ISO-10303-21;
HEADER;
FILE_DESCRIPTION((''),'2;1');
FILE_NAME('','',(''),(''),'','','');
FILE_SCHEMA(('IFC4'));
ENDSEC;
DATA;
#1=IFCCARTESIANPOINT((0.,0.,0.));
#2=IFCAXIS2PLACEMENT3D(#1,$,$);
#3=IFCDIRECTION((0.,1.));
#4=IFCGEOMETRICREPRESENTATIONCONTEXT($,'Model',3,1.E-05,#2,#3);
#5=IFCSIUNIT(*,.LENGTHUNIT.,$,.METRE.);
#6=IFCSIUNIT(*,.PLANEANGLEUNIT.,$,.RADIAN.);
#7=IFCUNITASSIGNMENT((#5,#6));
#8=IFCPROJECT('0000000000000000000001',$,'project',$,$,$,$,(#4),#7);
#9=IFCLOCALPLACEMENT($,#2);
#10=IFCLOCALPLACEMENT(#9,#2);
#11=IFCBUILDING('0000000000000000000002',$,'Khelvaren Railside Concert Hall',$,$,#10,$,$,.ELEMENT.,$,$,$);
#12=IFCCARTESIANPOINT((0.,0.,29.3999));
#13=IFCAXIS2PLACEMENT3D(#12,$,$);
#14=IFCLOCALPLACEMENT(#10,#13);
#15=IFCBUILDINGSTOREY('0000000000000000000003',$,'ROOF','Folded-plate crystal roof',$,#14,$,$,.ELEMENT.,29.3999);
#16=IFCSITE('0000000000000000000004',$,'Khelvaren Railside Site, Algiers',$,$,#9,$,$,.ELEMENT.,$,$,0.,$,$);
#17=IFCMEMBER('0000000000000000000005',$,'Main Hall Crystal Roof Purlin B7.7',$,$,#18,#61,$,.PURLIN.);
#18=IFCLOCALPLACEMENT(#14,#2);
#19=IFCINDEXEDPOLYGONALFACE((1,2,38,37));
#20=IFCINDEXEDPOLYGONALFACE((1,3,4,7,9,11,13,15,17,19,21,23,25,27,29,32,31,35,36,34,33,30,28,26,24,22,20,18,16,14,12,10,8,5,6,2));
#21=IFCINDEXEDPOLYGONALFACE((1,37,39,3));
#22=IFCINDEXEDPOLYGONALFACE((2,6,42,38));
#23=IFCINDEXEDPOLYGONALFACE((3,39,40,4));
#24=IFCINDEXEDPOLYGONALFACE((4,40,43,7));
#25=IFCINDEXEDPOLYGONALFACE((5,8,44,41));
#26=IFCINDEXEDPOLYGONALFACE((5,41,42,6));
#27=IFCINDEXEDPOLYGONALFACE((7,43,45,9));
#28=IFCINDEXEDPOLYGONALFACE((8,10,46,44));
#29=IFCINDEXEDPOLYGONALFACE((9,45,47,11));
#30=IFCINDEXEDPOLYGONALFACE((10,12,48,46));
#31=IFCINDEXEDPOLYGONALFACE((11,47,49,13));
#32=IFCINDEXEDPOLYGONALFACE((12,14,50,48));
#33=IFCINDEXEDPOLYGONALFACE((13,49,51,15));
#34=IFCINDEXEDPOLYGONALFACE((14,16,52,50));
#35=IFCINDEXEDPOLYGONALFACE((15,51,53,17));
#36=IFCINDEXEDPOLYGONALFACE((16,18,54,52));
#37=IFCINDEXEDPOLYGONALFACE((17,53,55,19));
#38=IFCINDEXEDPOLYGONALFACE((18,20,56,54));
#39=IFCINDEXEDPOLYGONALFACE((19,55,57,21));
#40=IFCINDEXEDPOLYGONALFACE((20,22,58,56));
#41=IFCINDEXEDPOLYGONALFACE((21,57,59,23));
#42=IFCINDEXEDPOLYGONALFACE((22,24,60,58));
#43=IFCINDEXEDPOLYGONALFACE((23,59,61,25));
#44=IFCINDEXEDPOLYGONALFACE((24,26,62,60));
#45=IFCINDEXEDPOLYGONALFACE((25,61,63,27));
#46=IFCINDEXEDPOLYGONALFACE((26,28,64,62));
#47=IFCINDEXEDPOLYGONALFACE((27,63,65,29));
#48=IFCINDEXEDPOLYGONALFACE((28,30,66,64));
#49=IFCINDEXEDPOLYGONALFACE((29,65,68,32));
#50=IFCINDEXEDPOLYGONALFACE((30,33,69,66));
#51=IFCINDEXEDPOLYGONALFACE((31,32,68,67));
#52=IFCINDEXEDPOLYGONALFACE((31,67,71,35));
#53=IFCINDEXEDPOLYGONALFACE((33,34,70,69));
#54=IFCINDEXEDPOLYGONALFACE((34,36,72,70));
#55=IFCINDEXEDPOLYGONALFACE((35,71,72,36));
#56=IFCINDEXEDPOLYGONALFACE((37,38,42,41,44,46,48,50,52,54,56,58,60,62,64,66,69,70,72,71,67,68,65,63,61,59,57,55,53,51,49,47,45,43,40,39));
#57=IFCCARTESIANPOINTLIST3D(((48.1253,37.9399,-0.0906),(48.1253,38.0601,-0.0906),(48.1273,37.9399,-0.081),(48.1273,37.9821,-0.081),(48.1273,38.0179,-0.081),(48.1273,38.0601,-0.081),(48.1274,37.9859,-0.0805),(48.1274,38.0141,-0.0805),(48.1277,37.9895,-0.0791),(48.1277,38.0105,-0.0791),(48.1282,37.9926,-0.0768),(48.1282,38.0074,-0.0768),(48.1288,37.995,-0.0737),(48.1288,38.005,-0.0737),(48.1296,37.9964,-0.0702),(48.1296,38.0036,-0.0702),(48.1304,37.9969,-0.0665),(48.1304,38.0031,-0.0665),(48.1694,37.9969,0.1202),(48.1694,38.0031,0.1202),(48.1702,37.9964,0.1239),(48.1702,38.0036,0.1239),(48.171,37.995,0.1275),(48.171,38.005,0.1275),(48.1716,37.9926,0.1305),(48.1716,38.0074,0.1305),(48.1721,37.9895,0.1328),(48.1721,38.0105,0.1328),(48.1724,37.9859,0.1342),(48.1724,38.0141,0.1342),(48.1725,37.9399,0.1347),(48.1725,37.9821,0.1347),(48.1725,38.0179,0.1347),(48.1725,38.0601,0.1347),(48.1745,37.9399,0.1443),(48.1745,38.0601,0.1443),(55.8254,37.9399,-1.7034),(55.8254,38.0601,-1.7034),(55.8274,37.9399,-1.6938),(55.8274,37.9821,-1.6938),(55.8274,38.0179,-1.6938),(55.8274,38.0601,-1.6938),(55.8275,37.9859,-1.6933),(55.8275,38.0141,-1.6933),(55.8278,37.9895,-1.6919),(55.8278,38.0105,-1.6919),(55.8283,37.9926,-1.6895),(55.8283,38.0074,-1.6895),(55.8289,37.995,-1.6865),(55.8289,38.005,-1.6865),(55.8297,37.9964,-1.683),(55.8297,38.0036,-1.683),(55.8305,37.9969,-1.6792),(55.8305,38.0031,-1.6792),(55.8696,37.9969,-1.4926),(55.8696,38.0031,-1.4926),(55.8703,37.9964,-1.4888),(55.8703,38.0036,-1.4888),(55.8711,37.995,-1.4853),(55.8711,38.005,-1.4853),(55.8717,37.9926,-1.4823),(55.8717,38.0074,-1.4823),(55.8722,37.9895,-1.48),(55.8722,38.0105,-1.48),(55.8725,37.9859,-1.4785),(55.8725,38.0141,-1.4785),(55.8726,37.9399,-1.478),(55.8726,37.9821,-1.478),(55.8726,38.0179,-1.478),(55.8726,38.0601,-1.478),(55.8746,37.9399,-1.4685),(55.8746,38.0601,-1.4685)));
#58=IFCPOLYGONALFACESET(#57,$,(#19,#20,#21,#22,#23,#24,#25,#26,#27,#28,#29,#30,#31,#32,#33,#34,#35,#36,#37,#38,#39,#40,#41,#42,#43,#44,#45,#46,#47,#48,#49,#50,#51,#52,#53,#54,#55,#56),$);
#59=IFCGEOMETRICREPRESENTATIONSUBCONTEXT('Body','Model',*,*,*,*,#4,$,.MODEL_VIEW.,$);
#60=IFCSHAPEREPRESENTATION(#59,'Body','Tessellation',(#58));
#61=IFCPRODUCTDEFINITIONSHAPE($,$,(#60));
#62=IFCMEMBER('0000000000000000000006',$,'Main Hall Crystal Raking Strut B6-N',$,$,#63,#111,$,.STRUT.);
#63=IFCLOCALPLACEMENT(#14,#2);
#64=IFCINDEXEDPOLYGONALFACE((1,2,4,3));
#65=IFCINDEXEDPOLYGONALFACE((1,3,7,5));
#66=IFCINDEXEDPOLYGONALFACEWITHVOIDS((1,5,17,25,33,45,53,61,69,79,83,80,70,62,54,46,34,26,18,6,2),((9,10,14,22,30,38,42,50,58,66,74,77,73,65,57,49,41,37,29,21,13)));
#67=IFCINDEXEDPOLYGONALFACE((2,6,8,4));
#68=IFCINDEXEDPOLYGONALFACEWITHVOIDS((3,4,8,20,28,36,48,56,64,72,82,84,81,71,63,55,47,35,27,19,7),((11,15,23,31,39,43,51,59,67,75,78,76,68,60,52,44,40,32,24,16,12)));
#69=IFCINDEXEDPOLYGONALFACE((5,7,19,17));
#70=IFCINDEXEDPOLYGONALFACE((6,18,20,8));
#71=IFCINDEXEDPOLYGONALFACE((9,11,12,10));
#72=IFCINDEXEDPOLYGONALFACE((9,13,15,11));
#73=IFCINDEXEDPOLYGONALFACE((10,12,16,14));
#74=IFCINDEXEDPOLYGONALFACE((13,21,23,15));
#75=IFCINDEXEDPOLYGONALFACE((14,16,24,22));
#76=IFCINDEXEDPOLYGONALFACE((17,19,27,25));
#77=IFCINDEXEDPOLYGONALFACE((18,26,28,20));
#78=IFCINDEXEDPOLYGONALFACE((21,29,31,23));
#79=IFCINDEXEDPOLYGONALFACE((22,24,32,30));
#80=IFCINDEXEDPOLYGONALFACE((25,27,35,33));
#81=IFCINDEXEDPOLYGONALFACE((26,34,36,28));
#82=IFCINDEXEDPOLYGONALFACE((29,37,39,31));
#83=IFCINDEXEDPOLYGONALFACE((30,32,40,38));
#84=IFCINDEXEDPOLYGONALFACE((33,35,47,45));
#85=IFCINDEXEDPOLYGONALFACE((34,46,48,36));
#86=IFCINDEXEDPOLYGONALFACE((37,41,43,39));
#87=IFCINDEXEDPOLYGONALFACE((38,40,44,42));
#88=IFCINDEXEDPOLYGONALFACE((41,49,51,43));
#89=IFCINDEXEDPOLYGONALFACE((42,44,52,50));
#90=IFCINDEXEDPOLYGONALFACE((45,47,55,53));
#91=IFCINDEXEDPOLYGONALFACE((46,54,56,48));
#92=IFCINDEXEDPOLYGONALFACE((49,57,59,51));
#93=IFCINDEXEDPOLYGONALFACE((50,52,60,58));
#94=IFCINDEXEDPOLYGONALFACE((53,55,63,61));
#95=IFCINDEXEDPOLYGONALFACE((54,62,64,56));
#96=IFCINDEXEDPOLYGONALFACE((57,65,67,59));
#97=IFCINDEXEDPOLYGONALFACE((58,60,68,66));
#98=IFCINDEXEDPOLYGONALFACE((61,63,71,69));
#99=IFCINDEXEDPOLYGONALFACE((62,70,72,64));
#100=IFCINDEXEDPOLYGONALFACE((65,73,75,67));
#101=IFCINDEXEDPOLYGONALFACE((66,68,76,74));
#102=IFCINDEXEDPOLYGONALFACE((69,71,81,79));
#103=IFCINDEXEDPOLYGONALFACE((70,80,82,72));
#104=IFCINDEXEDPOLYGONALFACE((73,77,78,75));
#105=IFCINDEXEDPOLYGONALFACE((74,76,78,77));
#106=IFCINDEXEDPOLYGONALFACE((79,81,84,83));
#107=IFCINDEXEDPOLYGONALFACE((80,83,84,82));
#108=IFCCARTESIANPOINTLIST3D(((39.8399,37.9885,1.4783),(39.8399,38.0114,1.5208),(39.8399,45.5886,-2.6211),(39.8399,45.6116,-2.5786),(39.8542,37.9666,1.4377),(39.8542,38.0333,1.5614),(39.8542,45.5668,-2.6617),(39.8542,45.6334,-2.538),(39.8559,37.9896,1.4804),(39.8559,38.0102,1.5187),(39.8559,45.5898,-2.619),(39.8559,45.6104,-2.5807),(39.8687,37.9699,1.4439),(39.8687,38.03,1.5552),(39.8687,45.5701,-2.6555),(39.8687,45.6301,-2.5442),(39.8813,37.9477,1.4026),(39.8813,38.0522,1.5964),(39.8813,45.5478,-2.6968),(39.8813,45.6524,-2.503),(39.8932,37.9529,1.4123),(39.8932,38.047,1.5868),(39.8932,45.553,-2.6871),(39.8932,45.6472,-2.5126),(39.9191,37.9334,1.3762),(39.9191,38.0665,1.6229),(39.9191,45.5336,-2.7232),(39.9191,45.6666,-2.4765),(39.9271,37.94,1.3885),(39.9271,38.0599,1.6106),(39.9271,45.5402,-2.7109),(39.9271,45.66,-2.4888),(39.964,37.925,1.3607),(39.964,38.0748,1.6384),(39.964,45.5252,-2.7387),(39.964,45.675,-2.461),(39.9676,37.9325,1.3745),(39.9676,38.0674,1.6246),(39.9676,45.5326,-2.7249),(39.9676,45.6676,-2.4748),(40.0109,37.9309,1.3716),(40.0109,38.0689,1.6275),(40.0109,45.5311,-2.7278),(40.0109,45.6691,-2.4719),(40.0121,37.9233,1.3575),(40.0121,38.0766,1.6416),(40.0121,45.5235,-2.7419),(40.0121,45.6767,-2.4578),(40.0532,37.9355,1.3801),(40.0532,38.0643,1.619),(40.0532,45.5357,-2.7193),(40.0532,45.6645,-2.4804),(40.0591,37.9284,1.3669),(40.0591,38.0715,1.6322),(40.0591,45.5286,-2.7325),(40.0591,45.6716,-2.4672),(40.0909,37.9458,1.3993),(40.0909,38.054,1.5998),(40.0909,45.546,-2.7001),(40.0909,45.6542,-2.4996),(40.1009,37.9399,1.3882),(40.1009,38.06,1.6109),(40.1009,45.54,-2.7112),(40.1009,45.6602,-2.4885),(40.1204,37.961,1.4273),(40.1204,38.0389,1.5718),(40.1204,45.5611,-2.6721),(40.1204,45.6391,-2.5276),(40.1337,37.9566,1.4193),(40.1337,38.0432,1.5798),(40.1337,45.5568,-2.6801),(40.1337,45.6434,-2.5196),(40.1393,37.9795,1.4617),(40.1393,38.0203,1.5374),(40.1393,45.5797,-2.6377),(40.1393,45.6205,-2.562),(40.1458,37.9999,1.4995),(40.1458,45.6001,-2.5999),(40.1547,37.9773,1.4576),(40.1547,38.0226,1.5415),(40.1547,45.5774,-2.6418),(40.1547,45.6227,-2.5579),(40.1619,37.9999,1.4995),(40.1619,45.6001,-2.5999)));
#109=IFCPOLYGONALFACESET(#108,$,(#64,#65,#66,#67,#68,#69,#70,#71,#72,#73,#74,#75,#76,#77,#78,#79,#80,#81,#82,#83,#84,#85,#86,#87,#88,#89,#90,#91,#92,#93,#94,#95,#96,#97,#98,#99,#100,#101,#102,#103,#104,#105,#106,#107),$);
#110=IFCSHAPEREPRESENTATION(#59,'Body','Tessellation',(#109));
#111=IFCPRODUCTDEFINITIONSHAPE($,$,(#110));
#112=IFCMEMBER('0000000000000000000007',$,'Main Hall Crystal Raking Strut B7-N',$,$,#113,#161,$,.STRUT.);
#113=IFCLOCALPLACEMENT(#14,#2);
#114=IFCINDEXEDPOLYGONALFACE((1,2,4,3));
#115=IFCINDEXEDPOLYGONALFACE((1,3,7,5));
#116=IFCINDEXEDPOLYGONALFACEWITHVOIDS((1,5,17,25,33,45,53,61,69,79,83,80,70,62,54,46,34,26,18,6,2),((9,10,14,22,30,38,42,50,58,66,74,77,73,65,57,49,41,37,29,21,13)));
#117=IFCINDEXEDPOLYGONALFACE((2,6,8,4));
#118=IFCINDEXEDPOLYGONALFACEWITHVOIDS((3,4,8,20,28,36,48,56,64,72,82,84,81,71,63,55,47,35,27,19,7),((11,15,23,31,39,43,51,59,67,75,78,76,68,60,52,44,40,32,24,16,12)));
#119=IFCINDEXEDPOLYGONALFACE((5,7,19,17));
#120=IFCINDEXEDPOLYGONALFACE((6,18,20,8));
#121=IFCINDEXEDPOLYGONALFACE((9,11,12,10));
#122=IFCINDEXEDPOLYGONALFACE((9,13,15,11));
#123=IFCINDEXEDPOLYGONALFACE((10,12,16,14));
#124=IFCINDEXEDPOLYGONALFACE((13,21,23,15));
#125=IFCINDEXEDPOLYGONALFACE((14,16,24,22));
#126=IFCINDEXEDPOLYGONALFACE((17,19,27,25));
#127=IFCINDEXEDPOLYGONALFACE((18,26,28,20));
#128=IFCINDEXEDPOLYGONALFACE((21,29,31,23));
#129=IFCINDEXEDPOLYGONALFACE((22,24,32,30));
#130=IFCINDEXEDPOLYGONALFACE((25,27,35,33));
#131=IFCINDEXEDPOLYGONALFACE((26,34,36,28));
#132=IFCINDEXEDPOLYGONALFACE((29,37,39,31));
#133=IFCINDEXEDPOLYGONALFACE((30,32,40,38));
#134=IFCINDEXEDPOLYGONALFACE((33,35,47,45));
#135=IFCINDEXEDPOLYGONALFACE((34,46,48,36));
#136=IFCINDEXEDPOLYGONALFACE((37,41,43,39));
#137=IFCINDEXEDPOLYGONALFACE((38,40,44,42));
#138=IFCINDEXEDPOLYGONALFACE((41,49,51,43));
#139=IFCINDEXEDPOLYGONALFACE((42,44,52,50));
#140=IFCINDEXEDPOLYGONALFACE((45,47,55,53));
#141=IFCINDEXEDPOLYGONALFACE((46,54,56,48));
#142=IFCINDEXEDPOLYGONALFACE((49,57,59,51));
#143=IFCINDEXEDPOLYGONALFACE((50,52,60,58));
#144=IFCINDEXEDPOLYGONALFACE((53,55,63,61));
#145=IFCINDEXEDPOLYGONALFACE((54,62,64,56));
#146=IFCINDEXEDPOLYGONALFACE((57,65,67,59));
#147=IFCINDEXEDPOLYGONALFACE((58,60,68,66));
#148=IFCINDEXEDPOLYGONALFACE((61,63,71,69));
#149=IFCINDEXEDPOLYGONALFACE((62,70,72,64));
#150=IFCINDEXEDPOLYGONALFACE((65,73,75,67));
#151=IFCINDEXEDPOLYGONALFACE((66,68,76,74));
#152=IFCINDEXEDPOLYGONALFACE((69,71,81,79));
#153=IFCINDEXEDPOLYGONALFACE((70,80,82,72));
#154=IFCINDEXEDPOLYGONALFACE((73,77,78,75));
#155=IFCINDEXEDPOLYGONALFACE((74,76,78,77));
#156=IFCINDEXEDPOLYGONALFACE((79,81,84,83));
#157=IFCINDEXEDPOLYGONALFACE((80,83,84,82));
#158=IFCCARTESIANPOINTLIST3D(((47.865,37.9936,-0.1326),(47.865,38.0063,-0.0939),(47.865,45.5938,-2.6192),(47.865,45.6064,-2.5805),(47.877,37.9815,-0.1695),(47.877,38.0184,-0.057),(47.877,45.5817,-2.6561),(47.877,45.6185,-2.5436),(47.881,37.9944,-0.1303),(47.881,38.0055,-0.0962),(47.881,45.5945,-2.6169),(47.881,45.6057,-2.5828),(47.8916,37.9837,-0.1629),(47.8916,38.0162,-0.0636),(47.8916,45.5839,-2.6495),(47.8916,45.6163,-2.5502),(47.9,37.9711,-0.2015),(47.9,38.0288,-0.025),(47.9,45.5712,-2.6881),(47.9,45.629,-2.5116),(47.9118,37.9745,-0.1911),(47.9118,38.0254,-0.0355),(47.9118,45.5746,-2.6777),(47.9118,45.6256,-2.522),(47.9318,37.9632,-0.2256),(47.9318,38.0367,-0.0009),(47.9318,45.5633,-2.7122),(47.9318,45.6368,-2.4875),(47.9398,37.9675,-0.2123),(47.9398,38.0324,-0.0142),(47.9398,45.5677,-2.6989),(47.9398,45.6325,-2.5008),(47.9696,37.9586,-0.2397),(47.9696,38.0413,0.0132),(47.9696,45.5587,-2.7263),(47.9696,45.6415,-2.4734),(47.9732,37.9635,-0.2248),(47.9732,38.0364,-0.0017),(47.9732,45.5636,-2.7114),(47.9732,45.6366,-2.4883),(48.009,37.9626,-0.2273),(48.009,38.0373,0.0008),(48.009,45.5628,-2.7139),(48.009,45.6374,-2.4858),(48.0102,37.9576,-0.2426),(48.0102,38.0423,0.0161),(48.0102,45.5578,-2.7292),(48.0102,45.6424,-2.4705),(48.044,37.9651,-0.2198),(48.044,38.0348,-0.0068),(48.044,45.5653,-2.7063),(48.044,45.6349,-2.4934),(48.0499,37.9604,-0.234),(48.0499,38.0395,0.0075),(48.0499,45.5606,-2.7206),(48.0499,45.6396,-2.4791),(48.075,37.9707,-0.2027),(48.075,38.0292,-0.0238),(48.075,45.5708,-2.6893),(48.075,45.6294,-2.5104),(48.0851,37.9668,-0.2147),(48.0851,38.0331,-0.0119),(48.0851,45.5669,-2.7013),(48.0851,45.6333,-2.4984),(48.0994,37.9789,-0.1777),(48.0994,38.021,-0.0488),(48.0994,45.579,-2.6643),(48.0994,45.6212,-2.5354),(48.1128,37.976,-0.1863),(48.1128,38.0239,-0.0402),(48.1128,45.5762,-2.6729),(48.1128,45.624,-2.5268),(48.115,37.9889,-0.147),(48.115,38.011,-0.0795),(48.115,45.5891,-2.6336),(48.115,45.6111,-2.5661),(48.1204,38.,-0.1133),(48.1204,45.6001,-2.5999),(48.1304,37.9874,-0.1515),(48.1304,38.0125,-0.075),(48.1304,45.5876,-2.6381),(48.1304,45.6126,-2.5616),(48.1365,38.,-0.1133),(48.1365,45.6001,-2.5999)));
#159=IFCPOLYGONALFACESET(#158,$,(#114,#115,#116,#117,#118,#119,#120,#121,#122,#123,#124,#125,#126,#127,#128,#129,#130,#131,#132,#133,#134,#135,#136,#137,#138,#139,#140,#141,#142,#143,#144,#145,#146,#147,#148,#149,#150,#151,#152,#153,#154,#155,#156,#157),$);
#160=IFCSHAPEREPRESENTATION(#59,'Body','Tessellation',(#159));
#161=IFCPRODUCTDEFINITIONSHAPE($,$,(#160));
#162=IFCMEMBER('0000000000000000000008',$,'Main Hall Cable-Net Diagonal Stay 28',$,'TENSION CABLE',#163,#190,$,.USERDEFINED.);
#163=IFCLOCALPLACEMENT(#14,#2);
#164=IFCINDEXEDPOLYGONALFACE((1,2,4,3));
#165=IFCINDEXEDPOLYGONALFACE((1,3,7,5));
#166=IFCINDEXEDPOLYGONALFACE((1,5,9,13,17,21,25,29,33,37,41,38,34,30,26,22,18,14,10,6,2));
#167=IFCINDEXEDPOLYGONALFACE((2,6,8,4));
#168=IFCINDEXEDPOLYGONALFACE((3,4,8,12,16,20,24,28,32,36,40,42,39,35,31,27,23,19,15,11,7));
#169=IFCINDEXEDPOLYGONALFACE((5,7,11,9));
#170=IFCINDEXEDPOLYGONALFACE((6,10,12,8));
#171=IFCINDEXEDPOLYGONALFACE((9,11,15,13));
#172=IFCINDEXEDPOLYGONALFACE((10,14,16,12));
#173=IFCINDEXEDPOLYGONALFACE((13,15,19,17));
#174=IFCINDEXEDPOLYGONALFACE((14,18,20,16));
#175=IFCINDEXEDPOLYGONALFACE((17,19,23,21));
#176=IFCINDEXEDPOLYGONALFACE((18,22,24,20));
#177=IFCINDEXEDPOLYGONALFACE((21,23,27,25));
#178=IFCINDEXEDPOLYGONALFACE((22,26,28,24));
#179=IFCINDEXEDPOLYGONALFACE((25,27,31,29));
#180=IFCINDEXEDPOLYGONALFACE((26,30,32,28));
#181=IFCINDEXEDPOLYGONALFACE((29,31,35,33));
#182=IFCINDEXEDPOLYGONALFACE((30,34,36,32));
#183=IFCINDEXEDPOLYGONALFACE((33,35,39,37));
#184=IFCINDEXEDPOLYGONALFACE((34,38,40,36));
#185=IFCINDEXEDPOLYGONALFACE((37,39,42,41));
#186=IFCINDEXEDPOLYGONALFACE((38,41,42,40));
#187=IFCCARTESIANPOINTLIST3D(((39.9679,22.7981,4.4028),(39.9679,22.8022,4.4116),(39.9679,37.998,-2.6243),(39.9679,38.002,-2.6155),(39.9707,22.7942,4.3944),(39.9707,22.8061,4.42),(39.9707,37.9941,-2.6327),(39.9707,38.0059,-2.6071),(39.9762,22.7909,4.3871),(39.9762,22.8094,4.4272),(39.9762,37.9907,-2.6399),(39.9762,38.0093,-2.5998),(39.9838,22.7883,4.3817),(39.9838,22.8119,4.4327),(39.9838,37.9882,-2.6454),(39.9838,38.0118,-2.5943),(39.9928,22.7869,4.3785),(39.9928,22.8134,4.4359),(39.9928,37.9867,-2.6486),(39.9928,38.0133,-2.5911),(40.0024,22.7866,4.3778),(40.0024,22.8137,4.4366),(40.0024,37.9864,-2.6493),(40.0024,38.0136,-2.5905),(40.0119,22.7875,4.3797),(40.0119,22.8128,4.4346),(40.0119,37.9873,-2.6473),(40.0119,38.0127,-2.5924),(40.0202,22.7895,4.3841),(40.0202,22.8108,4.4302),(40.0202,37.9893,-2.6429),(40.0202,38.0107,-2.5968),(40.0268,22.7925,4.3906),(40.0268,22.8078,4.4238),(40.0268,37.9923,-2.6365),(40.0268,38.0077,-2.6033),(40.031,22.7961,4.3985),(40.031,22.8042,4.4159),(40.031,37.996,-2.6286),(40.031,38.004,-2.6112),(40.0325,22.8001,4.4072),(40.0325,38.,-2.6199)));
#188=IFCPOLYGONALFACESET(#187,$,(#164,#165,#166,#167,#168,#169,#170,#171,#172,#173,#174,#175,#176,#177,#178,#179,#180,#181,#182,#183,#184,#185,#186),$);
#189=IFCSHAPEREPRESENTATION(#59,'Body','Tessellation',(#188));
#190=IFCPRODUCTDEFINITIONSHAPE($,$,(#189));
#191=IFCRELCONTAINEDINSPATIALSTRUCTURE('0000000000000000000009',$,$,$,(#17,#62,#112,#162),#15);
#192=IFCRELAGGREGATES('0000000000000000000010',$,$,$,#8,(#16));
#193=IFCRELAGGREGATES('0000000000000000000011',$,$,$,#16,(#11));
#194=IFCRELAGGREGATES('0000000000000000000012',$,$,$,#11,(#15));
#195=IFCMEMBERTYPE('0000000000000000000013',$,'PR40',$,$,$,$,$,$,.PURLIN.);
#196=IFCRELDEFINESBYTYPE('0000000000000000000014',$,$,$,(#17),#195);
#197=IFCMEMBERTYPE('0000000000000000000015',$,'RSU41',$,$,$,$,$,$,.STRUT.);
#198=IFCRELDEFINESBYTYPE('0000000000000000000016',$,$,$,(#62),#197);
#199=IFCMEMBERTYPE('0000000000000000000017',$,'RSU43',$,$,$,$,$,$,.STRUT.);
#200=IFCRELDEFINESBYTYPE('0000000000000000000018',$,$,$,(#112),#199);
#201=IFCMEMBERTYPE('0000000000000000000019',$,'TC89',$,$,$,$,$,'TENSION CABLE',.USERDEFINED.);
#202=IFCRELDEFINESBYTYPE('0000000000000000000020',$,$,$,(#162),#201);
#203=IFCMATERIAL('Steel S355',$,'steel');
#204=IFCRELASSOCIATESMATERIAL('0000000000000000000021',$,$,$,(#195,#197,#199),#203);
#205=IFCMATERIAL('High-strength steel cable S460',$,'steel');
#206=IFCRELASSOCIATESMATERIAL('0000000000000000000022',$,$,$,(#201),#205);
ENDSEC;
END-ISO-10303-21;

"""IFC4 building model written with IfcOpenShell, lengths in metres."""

from ifc_helpers import new_model, si_unit, direction, frame, origin, origin_2d, place, context, subcontext, project, spatial, circle, hollow_circle, i_section, extrude, material, material_profile, profile_set, type_object, element, save


model = new_model("IFC4")

# Units and contexts
model_context = context("Model", 3, precision=1e-05, world=origin(), true_north=direction((0.0, 1.0)))
body_context = subcontext(model_context, "Body", "Model", "MODEL_VIEW")
ifc_project = project(units=[si_unit("LENGTHUNIT", "METRE"), si_unit("PLANEANGLEUNIT", "RADIAN")], contexts=[model_context])

# Site, building, storey
site_placement = place(None, origin())
site = spatial("IfcSite", under=ifc_project, at=site_placement, Name="Khelvaren Railside Site, Algiers", CompositionType="ELEMENT", RefElevation=0.0)
building_placement = place(site_placement, origin())
building = spatial("IfcBuilding", under=site, at=building_placement, Name="Khelvaren Railside Concert Hall", CompositionType="ELEMENT")
storey_placement = place(building_placement, frame((0.0, 0.0, 29.3999)))
storey = spatial("IfcBuildingStorey", under=building, at=storey_placement, Name="ROOF", Description="Folded-plate crystal roof", CompositionType="ELEMENT", Elevation=29.3999)

# Shared definitions
ifc_material_1 = material(Name="Steel S355", Category="steel")

# Members
ifc_material_profile_1 = material_profile(ifc_material_1, i_section(OverallWidth=0.1201, OverallDepth=0.24, WebThickness=0.0061, FlangeThickness=0.0098, FilletRadius=0.0149, at=origin_2d()), Name="IPE 240")
ifc_profile_set_1 = profile_set([ifc_material_profile_1], Name="Steel S355")
member_type_1 = type_object("IfcMemberType", Name="PR40", PredefinedType="PURLIN", material=ifc_profile_set_1)
for number, where, z_axis, x_axis, name in (
    (1, (48.1499, 38.0, 0.0269), (0.978762, 0.0, -0.205), (0.0, 1.0, 0.0), "Main Hall Crystal Roof Purlin B7.7"),
):
    element("IfcMember", number, at=place(storey_placement, frame(where, z_axis=z_axis, x_axis=x_axis)), inside=storey, type_object=member_type_1, Name=name, PredefinedType="PURLIN", context=body_context, shape_type="SweptSolid", body=[
        extrude(i_section(OverallWidth=0.1201, OverallDepth=0.24, WebThickness=0.0061, FlangeThickness=0.0098, FilletRadius=0.0149, at=origin_2d()), origin(), (0.0, 0.0, 1.0), 7.8672),
    ])
ifc_material_profile_2 = material_profile(ifc_material_1, hollow_circle(Radius=0.1619, WallThickness=0.0161, at=origin_2d()), Name="CHS 323.9x16")
ifc_profile_set_2 = profile_set([ifc_material_profile_2], Name="Steel S355")
member_type_2 = type_object("IfcMemberType", Name="RSU41", PredefinedType="STRUT", material=ifc_profile_set_2)
member_1_placement = place(storey_placement, frame((40.0, 45.6001, -2.5999), z_axis=(0.0, -0.880132, 0.474729), x_axis=(1.0, 0.0, 0.0)))
element("IfcMember", 2, at=member_1_placement, inside=storey, type_object=member_type_2, Name="Main Hall Crystal Raking Strut B6-N", PredefinedType="STRUT", context=body_context, shape_type="SweptSolid", body=[
    extrude(hollow_circle(Radius=0.1619, WallThickness=0.0161, at=origin_2d()), origin(), (0.0, 0.0, 1.0), 8.6353),
])
ifc_material_profile_3 = material_profile(ifc_material_1, hollow_circle(Radius=0.1365, WallThickness=0.0161, at=origin_2d()), Name="CHS 273x16")
ifc_profile_set_3 = profile_set([ifc_material_profile_3], Name="Steel S355")
member_type_3 = type_object("IfcMemberType", Name="RSU43", PredefinedType="STRUT", material=ifc_profile_set_3)
member_2_placement = place(storey_placement, frame((48.0, 45.6001, -2.5999), z_axis=(0.0, -0.950424, 0.310956), x_axis=(1.0, 0.0, 0.0)))
element("IfcMember", 3, at=member_2_placement, inside=storey, type_object=member_type_3, Name="Main Hall Crystal Raking Strut B7-N", PredefinedType="STRUT", context=body_context, shape_type="SweptSolid", body=[
    extrude(hollow_circle(Radius=0.1365, WallThickness=0.0161, at=origin_2d()), origin(), (0.0, 0.0, 1.0), 7.9966),
])
ifc_material_2 = material(Name="High-strength steel cable S460", Category="steel")
ifc_material_profile_4 = material_profile(ifc_material_2, circle(Radius=0.0325, at=origin_2d()), Name="LCB D65")
ifc_profile_set_4 = profile_set([ifc_material_profile_4], Name="High-strength steel cable S460")
member_type_4 = type_object("IfcMemberType", Name="TC89", ElementType="TENSION CABLE", PredefinedType="USERDEFINED", material=ifc_profile_set_4)
member_3_placement = place(storey_placement, frame((40.0, 38.0, -2.6199), z_axis=(0.0, -0.907693, 0.419636), x_axis=(1.0, 0.0, 0.0)))
element("IfcMember", 4, at=member_3_placement, inside=storey, type_object=member_type_4, Name="Main Hall Cable-Net Diagonal Stay 28", ObjectType="TENSION CABLE", PredefinedType="USERDEFINED", context=body_context, shape_type="SweptSolid", body=[
    extrude(circle(Radius=0.0325, at=origin_2d()), origin(), (0.0, 0.0, 1.0), 16.7456),
])

save(model, "model.ifc")
